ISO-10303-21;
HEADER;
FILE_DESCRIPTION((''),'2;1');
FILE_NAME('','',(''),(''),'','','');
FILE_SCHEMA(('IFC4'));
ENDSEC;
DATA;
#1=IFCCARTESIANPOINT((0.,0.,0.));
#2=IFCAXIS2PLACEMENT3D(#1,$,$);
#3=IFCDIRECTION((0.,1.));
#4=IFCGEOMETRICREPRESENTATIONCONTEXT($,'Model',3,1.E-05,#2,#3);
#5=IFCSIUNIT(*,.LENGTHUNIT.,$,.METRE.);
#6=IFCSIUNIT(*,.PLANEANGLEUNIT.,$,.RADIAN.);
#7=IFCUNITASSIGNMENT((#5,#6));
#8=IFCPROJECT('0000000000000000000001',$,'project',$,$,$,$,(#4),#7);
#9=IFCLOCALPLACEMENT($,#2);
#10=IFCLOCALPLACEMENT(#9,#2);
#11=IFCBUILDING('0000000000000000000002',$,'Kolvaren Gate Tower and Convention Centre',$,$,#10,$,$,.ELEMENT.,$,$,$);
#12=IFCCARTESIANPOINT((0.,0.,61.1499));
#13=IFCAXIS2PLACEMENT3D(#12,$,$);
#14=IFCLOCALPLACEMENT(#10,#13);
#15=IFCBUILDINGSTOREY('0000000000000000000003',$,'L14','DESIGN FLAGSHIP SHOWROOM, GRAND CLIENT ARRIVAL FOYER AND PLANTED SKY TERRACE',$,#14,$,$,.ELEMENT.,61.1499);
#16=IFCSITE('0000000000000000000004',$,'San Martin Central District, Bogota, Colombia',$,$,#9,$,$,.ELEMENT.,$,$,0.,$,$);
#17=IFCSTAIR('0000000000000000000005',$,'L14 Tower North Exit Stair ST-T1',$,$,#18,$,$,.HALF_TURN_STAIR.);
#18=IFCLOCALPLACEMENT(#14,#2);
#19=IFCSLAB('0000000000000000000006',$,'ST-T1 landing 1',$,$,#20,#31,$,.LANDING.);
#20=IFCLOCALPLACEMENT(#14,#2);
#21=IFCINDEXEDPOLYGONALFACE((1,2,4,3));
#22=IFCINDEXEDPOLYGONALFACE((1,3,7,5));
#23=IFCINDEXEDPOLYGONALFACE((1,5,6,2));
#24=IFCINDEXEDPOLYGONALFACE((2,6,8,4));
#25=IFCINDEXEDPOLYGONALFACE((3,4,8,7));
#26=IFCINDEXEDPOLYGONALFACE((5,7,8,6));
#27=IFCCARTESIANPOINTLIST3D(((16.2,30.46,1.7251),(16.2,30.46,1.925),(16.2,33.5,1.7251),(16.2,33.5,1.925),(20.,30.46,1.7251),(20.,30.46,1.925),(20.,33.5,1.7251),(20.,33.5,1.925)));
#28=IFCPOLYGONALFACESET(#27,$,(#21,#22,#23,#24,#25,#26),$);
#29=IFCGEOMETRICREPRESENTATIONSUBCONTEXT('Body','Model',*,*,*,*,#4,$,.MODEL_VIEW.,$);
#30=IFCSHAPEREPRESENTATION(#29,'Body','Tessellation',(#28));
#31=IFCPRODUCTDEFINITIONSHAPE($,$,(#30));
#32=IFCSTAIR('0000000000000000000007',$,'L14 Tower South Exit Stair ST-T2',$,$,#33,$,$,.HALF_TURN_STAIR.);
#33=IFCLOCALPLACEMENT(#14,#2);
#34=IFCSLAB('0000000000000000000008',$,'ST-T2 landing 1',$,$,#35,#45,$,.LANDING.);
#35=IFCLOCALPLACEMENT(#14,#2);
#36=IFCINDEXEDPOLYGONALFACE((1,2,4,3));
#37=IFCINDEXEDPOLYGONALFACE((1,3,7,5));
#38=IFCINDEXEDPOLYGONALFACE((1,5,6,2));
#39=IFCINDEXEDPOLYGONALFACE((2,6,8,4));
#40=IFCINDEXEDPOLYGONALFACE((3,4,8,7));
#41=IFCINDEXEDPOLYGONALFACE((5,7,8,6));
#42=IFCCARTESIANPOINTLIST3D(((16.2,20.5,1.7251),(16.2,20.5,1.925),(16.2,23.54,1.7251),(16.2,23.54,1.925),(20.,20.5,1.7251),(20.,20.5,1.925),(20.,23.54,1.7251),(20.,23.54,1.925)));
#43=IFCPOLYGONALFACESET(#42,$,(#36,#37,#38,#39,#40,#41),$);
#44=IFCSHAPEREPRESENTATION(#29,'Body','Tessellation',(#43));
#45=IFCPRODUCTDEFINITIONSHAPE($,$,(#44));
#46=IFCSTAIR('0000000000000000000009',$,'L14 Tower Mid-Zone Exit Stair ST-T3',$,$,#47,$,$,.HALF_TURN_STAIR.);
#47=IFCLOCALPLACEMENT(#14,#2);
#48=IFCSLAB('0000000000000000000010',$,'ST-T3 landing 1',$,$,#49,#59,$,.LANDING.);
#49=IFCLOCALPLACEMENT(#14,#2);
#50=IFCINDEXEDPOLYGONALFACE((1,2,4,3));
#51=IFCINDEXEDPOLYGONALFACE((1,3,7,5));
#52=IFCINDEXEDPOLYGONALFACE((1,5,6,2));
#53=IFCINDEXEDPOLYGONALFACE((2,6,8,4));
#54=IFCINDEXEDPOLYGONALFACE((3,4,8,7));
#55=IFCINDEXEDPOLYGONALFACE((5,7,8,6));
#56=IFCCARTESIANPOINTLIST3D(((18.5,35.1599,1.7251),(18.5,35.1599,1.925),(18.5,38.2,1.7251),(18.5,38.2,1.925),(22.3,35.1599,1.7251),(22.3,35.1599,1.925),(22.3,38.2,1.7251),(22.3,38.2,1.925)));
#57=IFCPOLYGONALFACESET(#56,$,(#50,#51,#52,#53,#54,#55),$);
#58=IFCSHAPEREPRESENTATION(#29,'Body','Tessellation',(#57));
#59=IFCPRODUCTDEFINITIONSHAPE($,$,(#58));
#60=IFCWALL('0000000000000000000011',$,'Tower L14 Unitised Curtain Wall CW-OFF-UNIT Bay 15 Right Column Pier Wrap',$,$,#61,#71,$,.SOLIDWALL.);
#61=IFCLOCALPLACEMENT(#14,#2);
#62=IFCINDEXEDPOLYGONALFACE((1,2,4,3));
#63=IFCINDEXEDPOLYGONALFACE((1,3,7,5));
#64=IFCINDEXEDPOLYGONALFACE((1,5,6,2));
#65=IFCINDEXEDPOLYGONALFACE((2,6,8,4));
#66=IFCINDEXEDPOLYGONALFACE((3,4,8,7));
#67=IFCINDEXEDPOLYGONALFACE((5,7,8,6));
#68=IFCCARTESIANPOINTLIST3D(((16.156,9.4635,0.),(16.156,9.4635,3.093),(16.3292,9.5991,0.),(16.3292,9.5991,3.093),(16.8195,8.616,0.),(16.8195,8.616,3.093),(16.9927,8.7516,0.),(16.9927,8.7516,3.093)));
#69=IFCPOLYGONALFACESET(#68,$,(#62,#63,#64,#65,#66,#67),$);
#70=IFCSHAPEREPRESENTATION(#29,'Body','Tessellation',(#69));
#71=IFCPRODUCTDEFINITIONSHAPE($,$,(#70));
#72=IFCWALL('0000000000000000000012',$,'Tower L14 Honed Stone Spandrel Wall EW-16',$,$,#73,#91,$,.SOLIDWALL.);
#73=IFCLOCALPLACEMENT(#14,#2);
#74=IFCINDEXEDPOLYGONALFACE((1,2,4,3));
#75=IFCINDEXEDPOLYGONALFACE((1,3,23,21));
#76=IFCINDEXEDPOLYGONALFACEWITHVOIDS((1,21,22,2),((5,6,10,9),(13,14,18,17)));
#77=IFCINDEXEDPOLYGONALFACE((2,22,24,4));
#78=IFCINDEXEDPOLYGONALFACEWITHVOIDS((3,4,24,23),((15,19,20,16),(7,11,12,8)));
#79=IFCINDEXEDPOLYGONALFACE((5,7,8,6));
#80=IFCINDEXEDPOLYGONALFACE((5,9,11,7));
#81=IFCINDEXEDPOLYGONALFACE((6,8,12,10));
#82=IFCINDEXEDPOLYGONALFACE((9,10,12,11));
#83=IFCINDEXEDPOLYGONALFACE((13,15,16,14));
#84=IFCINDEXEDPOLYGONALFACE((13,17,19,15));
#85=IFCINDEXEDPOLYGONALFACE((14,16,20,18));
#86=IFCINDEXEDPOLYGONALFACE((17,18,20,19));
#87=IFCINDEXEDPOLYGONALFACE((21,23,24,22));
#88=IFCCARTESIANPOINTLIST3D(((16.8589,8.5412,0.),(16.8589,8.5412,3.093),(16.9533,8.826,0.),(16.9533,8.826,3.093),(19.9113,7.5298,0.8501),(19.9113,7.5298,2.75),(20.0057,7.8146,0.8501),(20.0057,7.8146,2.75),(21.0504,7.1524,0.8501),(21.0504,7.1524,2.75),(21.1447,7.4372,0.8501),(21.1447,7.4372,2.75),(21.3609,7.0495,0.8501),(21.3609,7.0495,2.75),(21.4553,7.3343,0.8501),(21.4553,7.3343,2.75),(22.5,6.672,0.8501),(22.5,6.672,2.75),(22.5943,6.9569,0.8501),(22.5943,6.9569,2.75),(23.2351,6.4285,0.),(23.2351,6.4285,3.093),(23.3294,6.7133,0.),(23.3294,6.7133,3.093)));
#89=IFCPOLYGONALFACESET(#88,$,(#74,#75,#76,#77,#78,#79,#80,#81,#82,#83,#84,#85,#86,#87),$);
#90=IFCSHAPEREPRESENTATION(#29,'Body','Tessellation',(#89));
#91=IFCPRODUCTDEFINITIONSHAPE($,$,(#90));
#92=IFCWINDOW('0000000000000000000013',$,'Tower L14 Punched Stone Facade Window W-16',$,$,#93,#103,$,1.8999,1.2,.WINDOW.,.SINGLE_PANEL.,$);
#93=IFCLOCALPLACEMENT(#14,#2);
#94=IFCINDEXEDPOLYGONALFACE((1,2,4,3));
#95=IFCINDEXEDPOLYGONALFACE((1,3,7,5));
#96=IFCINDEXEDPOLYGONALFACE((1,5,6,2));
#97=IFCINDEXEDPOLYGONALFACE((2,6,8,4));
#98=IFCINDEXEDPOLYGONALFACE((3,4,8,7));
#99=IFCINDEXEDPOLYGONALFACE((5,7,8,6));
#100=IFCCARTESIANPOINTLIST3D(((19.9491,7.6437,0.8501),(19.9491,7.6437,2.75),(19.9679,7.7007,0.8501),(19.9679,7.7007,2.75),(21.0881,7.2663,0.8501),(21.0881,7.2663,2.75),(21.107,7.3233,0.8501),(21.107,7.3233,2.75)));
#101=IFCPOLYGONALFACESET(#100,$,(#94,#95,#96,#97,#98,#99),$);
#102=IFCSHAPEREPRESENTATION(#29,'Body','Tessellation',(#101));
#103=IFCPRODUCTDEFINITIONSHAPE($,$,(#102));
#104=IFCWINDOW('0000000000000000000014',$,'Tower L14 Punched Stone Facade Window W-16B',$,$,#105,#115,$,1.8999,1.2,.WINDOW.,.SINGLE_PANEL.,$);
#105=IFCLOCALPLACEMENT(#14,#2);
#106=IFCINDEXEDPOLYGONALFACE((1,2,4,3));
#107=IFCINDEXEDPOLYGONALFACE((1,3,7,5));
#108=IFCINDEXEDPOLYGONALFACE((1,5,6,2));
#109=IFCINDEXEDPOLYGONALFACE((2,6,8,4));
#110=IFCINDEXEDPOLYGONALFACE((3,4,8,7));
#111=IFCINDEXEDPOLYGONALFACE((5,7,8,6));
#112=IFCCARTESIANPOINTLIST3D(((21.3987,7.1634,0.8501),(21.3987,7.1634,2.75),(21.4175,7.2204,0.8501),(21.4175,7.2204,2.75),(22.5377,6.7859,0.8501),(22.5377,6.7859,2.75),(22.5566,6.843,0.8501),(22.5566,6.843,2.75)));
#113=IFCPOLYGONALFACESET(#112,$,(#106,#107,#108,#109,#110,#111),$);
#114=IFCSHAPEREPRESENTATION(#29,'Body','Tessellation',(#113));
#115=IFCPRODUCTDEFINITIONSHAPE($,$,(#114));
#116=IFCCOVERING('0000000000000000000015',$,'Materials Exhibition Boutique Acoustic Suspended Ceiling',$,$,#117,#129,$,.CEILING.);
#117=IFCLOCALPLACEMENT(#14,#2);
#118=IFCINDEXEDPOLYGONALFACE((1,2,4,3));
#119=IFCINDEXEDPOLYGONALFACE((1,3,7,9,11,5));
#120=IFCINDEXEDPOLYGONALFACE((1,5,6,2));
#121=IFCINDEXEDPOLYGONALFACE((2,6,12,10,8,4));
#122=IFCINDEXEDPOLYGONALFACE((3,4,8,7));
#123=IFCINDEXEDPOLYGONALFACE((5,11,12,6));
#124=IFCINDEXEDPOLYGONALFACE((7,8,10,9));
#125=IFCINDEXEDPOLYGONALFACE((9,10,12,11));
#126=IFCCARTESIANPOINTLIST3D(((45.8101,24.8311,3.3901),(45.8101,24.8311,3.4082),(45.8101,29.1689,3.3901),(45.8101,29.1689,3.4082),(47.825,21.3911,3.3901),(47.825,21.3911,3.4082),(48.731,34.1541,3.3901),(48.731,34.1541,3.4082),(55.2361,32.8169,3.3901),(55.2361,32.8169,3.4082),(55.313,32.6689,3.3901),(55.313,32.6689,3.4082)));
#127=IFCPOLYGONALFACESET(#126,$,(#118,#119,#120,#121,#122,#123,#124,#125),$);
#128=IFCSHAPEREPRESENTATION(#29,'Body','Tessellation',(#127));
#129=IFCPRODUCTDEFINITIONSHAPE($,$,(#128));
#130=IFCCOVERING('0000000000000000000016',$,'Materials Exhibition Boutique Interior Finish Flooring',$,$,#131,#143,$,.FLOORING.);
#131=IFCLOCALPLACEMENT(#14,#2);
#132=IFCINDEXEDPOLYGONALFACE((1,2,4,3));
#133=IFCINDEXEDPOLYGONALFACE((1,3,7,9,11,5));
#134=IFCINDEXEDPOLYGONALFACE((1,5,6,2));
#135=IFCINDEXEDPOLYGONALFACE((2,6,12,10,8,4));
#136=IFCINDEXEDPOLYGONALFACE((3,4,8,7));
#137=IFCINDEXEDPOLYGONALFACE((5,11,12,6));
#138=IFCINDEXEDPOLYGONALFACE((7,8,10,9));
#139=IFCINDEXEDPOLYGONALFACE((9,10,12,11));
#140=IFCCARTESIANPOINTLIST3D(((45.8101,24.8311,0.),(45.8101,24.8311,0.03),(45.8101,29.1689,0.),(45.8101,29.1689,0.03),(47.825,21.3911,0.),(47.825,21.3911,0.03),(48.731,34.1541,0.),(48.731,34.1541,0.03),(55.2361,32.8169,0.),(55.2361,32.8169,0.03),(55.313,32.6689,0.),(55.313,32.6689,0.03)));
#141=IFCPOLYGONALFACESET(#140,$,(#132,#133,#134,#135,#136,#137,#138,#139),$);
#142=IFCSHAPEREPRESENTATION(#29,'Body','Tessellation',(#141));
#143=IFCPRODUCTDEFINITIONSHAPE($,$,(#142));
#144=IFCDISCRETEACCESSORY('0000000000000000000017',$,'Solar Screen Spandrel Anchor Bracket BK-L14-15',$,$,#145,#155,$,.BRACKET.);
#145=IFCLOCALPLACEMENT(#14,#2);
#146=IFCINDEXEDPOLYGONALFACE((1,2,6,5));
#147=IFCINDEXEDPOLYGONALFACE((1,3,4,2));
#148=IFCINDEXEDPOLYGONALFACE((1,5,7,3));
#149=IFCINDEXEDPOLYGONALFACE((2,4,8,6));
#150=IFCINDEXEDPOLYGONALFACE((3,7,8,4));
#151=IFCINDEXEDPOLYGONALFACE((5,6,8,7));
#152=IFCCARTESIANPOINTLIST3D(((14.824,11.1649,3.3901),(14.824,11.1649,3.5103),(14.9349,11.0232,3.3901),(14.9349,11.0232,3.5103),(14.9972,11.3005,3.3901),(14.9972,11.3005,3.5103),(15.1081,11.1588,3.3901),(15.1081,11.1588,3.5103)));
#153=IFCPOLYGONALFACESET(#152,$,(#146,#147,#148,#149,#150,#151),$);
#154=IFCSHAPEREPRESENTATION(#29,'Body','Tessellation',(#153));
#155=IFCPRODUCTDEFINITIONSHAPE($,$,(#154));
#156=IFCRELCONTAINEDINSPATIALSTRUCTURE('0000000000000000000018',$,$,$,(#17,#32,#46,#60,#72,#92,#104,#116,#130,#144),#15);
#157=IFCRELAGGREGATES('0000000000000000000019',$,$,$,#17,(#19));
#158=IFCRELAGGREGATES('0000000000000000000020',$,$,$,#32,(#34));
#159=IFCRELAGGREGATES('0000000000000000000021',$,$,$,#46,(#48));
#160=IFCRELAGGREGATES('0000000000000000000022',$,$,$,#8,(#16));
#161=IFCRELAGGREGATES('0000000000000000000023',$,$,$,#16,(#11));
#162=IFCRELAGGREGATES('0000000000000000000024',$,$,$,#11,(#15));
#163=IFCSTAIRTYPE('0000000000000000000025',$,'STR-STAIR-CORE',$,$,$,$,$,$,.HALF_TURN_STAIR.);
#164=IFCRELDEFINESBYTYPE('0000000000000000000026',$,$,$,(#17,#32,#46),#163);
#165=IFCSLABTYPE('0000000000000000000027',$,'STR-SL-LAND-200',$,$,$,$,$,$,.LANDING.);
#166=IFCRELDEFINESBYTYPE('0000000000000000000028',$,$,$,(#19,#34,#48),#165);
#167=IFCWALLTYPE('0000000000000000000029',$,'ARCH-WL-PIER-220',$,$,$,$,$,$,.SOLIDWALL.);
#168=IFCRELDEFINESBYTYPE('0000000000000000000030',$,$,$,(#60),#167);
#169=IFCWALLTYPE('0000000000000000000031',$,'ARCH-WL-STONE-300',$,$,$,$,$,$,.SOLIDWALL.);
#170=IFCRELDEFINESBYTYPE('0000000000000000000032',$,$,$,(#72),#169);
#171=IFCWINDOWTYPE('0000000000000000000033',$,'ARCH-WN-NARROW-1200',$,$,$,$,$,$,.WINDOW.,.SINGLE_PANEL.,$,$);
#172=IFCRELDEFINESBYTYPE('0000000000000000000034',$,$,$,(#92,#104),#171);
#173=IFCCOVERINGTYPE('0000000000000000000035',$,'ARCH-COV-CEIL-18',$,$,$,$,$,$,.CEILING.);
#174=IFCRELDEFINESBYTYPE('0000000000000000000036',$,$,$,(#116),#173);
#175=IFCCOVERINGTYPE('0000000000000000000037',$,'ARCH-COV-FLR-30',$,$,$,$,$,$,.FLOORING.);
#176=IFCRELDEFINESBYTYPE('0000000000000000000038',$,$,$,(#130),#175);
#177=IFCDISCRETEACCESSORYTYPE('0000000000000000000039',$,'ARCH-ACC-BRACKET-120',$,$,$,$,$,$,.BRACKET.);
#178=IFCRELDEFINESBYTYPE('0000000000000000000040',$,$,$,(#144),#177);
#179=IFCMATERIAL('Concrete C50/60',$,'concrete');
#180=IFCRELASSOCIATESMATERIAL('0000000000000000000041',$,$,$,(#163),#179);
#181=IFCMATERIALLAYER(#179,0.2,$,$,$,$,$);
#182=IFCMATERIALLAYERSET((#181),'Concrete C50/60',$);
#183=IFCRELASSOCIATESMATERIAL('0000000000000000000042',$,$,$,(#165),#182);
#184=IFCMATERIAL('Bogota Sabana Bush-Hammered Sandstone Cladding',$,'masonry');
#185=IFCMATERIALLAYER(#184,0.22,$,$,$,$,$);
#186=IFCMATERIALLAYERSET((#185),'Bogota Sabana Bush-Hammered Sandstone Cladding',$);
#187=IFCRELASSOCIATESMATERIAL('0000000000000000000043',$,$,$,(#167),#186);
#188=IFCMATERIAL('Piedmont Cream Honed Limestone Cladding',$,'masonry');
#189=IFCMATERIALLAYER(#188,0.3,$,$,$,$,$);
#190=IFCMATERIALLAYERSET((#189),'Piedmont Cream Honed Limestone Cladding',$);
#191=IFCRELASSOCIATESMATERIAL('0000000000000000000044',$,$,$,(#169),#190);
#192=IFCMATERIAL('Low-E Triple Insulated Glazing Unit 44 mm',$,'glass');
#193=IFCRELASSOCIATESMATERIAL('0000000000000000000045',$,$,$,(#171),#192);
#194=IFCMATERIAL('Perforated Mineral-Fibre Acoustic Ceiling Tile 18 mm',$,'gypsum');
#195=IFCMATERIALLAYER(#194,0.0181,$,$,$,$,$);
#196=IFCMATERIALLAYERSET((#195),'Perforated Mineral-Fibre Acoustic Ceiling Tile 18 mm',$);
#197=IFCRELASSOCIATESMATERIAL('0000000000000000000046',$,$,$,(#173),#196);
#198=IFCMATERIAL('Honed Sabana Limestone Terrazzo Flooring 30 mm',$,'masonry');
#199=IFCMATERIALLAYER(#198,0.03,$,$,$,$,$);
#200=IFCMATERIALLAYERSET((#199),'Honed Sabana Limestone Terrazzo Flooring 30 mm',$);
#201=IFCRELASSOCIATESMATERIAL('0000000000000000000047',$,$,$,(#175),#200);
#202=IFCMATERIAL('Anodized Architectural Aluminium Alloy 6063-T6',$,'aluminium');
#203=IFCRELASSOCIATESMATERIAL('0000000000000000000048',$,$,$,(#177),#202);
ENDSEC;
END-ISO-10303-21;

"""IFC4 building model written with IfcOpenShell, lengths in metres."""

from ifc_helpers import new_model, si_unit, direction, frame, frame_2d, origin, origin_2d, place, context, subcontext, project, spatial, polyline, rectangle, outline, extrude, material, layer, layer_set, type_object, element, fill, aggregate, save


model = new_model("IFC4")

# Units and contexts
model_context = context("Model", 3, precision=1e-05, world=origin(), true_north=direction((0.0, 1.0)))
body_context = subcontext(model_context, "Body", "Model", "MODEL_VIEW")
ifc_project = project(units=[si_unit("LENGTHUNIT", "METRE"), si_unit("PLANEANGLEUNIT", "RADIAN")], contexts=[model_context])

# Site, building, storey
site_placement = place(None, origin())
site = spatial("IfcSite", under=ifc_project, at=site_placement, Name="San Martin Central District, Bogota, Colombia", CompositionType="ELEMENT", RefElevation=0.0)
building_placement = place(site_placement, origin())
building = spatial("IfcBuilding", under=site, at=building_placement, Name="Kolvaren Gate Tower and Convention Centre", CompositionType="ELEMENT")
storey_placement = place(building_placement, frame((0.0, 0.0, 61.1499)))
storey = spatial("IfcBuildingStorey", under=building, at=storey_placement, Name="L14", Description="DESIGN FLAGSHIP SHOWROOM, GRAND CLIENT ARRIVAL FOYER AND PLANTED SKY TERRACE", CompositionType="ELEMENT", Elevation=61.1499)

# Shared definitions
ifc_material_1 = material(Name="Anodized Architectural Aluminium Alloy 6063-T6", Category="aluminium")

# Shared definitions
ifc_material_2 = material(Name="Low-E Triple Insulated Glazing Unit 44 mm", Category="glass")

# Shared definitions
ifc_material_3 = material(Name="Concrete C50/60", Category="concrete")

# Stairs, slabs
stair_type = type_object("IfcStairType", Name="STR-STAIR-CORE", PredefinedType="HALF_TURN_STAIR", material=ifc_material_3)
stair_1_placement = place(storey_placement, origin())
stair_1 = element("IfcStair", 1, at=stair_1_placement, inside=storey, type_object=stair_type, Name="L14 Tower North Exit Stair ST-T1", PredefinedType="HALF_TURN_STAIR")
ifc_layer_1 = layer(ifc_material_3, 0.2)
ifc_layer_set_1 = layer_set([ifc_layer_1], Name="Concrete C50/60")
slab_type_1 = type_object("IfcSlabType", Name="STR-SL-LAND-200", PredefinedType="LANDING", material=ifc_layer_set_1)
slab_1_placement = place(storey_placement, frame((0.0, 0.0, 1.7251)))
slab_1 = element("IfcSlab", 2, at=slab_1_placement, type_object=slab_type_1, Name="ST-T1 landing 1", PredefinedType="LANDING", context=body_context, shape_type="SweptSolid", body=[
    extrude(outline(polyline([(20.0, 33.5), (16.2, 33.5), (16.2, 30.46), (20.0, 30.46), (20.0, 33.5)])), origin(), (0.0, 0.0, 1.0), 0.2),
])
aggregate(stair_1, [slab_1])
stair_2_placement = place(storey_placement, origin())
stair_2 = element("IfcStair", 3, at=stair_2_placement, inside=storey, type_object=stair_type, Name="L14 Tower South Exit Stair ST-T2", PredefinedType="HALF_TURN_STAIR")
slab_2_placement = place(storey_placement, frame((0.0, 0.0, 1.7251)))
slab_2 = element("IfcSlab", 4, at=slab_2_placement, type_object=slab_type_1, Name="ST-T2 landing 1", PredefinedType="LANDING", context=body_context, shape_type="SweptSolid", body=[
    extrude(outline(polyline([(20.0, 23.54), (16.2, 23.54), (16.2, 20.5), (20.0, 20.5), (20.0, 23.54)])), origin(), (0.0, 0.0, 1.0), 0.2),
])
aggregate(stair_2, [slab_2])
stair_3_placement = place(storey_placement, origin())
stair_3 = element("IfcStair", 5, at=stair_3_placement, inside=storey, type_object=stair_type, Name="L14 Tower Mid-Zone Exit Stair ST-T3", PredefinedType="HALF_TURN_STAIR")
slab_3_placement = place(storey_placement, frame((0.0, 0.0, 1.7251)))
slab_3 = element("IfcSlab", 6, at=slab_3_placement, type_object=slab_type_1, Name="ST-T3 landing 1", PredefinedType="LANDING", context=body_context, shape_type="SweptSolid", body=[
    extrude(outline(polyline([(22.3, 38.2), (18.5, 38.2), (18.5, 35.1599), (22.3, 35.1599), (22.3, 38.2)])), origin(), (0.0, 0.0, 1.0), 0.2),
])
aggregate(stair_3, [slab_3])

# Wall
ifc_material_4 = material(Name="Bogota Sabana Bush-Hammered Sandstone Cladding", Category="masonry")
ifc_layer_2 = layer(ifc_material_4, 0.22)
ifc_layer_set_2 = layer_set([ifc_layer_2], Name="Bogota Sabana Bush-Hammered Sandstone Cladding")
wall_type_1 = type_object("IfcWallType", Name="ARCH-WL-PIER-220", PredefinedType="SOLIDWALL", material=ifc_layer_set_2)
wall_1_placement = place(storey_placement, frame((16.2427, 9.5312, 0.0), z_axis=(0.0, 0.0, 1.0), x_axis=(0.616418, -0.787419, 0.0)))
element("IfcWall", 7, at=wall_1_placement, inside=storey, type_object=wall_type_1, Name="Tower L14 Unitised Curtain Wall CW-OFF-UNIT Bay 15 Right Column Pier Wrap", PredefinedType="SOLIDWALL", context=body_context, shape_type="SweptSolid", body=[
    extrude(rectangle(XDim=1.0764, YDim=0.22, at=frame_2d((0.5381, 0.0))), origin(), (0.0, 0.0, 1.0), 3.093),
])

# Wall, openings, windows
ifc_material_5 = material(Name="Piedmont Cream Honed Limestone Cladding", Category="masonry")
ifc_layer_3 = layer(ifc_material_5, 0.3)
ifc_layer_set_3 = layer_set([ifc_layer_3], Name="Piedmont Cream Honed Limestone Cladding")
wall_type_2 = type_object("IfcWallType", Name="ARCH-WL-STONE-300", PredefinedType="SOLIDWALL", material=ifc_layer_set_3)
wall_2_placement = place(storey_placement, frame((16.9062, 8.6836, 0.0), z_axis=(0.0, 0.0, 1.0), x_axis=(0.949245, -0.314537, 0.0)))
wall_2 = element("IfcWall", 8, at=wall_2_placement, inside=storey, type_object=wall_type_2, Name="Tower L14 Honed Stone Spandrel Wall EW-16", PredefinedType="SOLIDWALL", context=body_context, shape_type="SweptSolid", body=[
    extrude(rectangle(XDim=6.717, YDim=0.3, at=frame_2d((3.3584, 0.0))), origin(), (0.0, 0.0, 1.0), 3.093),
])
opening_1_placement = place(wall_2_placement, frame((3.2153, 0.0, 0.8501)))
opening_1 = element("IfcOpeningElement", 9, at=opening_1_placement, cuts=wall_2, PredefinedType="OPENING", context=body_context, shape_type="SweptSolid", body=[
    extrude(rectangle(XDim=1.2, YDim=1.8999, at=frame_2d((0.6001, 0.95))), frame((0.0, 0.1599, 0.0), z_axis=(0.0, -1.0, 0.0), x_axis=(1.0, 0.0, 0.0)), (0.0, 0.0, 1.0), 0.3201),
])
opening_2_placement = place(wall_2_placement, frame((4.7424, 0.0, 0.8501)))
opening_2 = element("IfcOpeningElement", 10, at=opening_2_placement, cuts=wall_2, PredefinedType="OPENING", context=body_context, shape_type="SweptSolid", body=[
    extrude(rectangle(XDim=1.2, YDim=1.8999, at=frame_2d((0.6001, 0.95))), frame((0.0, 0.1599, 0.0), z_axis=(0.0, -1.0, 0.0), x_axis=(1.0, 0.0, 0.0)), (0.0, 0.0, 1.0), 0.3201),
])
window_type = type_object("IfcWindowType", Name="ARCH-WN-NARROW-1200", PartitioningType="SINGLE_PANEL", PredefinedType="WINDOW", material=ifc_material_2)
window_1_placement = place(opening_1_placement, origin())
window_1 = element("IfcWindow", 11, at=window_1_placement, inside=storey, type_object=window_type, Name="Tower L14 Punched Stone Facade Window W-16", OverallHeight=1.8999, OverallWidth=1.2, PartitioningType="SINGLE_PANEL", PredefinedType="WINDOW", context=body_context, shape_type="SweptSolid", body=[
    extrude(rectangle(XDim=1.2, YDim=1.8999, at=frame_2d((0.6001, 0.95))), frame((0.0, 0.03, 0.0), z_axis=(0.0, -1.0, 0.0), x_axis=(1.0, 0.0, 0.0)), (0.0, 0.0, 1.0), 0.0601),
])
fill(opening_1, window_1)
window_2_placement = place(opening_2_placement, origin())
window_2 = element("IfcWindow", 12, at=window_2_placement, inside=storey, type_object=window_type, Name="Tower L14 Punched Stone Facade Window W-16B", OverallHeight=1.8999, OverallWidth=1.2, PartitioningType="SINGLE_PANEL", PredefinedType="WINDOW", context=body_context, shape_type="SweptSolid", body=[
    extrude(rectangle(XDim=1.2, YDim=1.8999, at=frame_2d((0.6001, 0.95))), frame((0.0, 0.03, 0.0), z_axis=(0.0, -1.0, 0.0), x_axis=(1.0, 0.0, 0.0)), (0.0, 0.0, 1.0), 0.0601),
])
fill(opening_2, window_2)

# Coverings
ifc_material_6 = material(Name="Perforated Mineral-Fibre Acoustic Ceiling Tile 18 mm", Category="gypsum")
ifc_layer_4 = layer(ifc_material_6, 0.0181)
ifc_layer_set_4 = layer_set([ifc_layer_4], Name="Perforated Mineral-Fibre Acoustic Ceiling Tile 18 mm")
covering_type_1 = type_object("IfcCoveringType", Name="ARCH-COV-CEIL-18", PredefinedType="CEILING", material=ifc_layer_set_4)
covering_1_placement = place(storey_placement, frame((0.0, 0.0, 3.3901)))
element("IfcCovering", 13, at=covering_1_placement, inside=storey, type_object=covering_type_1, Name="Materials Exhibition Boutique Acoustic Suspended Ceiling", PredefinedType="CEILING", context=body_context, shape_type="SweptSolid", body=[
    extrude(outline(polyline([(55.2361, 32.8169), (55.313, 32.6689), (47.825, 21.3911), (45.8101, 24.8311), (45.8101, 29.1689), (48.731, 34.1541), (55.2361, 32.8169)])), origin(), (0.0, 0.0, 1.0), 0.0181),
])
ifc_material_7 = material(Name="Honed Sabana Limestone Terrazzo Flooring 30 mm", Category="masonry")
ifc_layer_5 = layer(ifc_material_7, 0.03)
ifc_layer_set_5 = layer_set([ifc_layer_5], Name="Honed Sabana Limestone Terrazzo Flooring 30 mm")
covering_type_2 = type_object("IfcCoveringType", Name="ARCH-COV-FLR-30", PredefinedType="FLOORING", material=ifc_layer_set_5)
covering_2_placement = place(storey_placement, origin())
element("IfcCovering", 14, at=covering_2_placement, inside=storey, type_object=covering_type_2, Name="Materials Exhibition Boutique Interior Finish Flooring", PredefinedType="FLOORING", context=body_context, shape_type="SweptSolid", body=[
    extrude(outline(polyline([(55.2361, 32.8169), (55.313, 32.6689), (47.825, 21.3911), (45.8101, 24.8311), (45.8101, 29.1689), (48.731, 34.1541), (55.2361, 32.8169)])), origin(), (0.0, 0.0, 1.0), 0.03),
])

# Discrete accessory
discrete_accessory_type = type_object("IfcDiscreteAccessoryType", Name="ARCH-ACC-BRACKET-120", PredefinedType="BRACKET", material=ifc_material_1)
discrete_accessory_placement = place(storey_placement, frame((14.9661, 11.1619, 3.3901), z_axis=(0.0, 0.0, 1.0), x_axis=(0.616431, -0.787409, 0.0)))
element("IfcDiscreteAccessory", 15, at=discrete_accessory_placement, inside=storey, type_object=discrete_accessory_type, Name="Solar Screen Spandrel Anchor Bracket BK-L14-15", PredefinedType="BRACKET", context=body_context, shape_type="SweptSolid", body=[
    extrude(rectangle(XDim=0.1799, YDim=0.22, at=origin_2d()), origin(), (0.0, 0.0, 1.0), 0.1201),
])

save(model, "model.ifc")
